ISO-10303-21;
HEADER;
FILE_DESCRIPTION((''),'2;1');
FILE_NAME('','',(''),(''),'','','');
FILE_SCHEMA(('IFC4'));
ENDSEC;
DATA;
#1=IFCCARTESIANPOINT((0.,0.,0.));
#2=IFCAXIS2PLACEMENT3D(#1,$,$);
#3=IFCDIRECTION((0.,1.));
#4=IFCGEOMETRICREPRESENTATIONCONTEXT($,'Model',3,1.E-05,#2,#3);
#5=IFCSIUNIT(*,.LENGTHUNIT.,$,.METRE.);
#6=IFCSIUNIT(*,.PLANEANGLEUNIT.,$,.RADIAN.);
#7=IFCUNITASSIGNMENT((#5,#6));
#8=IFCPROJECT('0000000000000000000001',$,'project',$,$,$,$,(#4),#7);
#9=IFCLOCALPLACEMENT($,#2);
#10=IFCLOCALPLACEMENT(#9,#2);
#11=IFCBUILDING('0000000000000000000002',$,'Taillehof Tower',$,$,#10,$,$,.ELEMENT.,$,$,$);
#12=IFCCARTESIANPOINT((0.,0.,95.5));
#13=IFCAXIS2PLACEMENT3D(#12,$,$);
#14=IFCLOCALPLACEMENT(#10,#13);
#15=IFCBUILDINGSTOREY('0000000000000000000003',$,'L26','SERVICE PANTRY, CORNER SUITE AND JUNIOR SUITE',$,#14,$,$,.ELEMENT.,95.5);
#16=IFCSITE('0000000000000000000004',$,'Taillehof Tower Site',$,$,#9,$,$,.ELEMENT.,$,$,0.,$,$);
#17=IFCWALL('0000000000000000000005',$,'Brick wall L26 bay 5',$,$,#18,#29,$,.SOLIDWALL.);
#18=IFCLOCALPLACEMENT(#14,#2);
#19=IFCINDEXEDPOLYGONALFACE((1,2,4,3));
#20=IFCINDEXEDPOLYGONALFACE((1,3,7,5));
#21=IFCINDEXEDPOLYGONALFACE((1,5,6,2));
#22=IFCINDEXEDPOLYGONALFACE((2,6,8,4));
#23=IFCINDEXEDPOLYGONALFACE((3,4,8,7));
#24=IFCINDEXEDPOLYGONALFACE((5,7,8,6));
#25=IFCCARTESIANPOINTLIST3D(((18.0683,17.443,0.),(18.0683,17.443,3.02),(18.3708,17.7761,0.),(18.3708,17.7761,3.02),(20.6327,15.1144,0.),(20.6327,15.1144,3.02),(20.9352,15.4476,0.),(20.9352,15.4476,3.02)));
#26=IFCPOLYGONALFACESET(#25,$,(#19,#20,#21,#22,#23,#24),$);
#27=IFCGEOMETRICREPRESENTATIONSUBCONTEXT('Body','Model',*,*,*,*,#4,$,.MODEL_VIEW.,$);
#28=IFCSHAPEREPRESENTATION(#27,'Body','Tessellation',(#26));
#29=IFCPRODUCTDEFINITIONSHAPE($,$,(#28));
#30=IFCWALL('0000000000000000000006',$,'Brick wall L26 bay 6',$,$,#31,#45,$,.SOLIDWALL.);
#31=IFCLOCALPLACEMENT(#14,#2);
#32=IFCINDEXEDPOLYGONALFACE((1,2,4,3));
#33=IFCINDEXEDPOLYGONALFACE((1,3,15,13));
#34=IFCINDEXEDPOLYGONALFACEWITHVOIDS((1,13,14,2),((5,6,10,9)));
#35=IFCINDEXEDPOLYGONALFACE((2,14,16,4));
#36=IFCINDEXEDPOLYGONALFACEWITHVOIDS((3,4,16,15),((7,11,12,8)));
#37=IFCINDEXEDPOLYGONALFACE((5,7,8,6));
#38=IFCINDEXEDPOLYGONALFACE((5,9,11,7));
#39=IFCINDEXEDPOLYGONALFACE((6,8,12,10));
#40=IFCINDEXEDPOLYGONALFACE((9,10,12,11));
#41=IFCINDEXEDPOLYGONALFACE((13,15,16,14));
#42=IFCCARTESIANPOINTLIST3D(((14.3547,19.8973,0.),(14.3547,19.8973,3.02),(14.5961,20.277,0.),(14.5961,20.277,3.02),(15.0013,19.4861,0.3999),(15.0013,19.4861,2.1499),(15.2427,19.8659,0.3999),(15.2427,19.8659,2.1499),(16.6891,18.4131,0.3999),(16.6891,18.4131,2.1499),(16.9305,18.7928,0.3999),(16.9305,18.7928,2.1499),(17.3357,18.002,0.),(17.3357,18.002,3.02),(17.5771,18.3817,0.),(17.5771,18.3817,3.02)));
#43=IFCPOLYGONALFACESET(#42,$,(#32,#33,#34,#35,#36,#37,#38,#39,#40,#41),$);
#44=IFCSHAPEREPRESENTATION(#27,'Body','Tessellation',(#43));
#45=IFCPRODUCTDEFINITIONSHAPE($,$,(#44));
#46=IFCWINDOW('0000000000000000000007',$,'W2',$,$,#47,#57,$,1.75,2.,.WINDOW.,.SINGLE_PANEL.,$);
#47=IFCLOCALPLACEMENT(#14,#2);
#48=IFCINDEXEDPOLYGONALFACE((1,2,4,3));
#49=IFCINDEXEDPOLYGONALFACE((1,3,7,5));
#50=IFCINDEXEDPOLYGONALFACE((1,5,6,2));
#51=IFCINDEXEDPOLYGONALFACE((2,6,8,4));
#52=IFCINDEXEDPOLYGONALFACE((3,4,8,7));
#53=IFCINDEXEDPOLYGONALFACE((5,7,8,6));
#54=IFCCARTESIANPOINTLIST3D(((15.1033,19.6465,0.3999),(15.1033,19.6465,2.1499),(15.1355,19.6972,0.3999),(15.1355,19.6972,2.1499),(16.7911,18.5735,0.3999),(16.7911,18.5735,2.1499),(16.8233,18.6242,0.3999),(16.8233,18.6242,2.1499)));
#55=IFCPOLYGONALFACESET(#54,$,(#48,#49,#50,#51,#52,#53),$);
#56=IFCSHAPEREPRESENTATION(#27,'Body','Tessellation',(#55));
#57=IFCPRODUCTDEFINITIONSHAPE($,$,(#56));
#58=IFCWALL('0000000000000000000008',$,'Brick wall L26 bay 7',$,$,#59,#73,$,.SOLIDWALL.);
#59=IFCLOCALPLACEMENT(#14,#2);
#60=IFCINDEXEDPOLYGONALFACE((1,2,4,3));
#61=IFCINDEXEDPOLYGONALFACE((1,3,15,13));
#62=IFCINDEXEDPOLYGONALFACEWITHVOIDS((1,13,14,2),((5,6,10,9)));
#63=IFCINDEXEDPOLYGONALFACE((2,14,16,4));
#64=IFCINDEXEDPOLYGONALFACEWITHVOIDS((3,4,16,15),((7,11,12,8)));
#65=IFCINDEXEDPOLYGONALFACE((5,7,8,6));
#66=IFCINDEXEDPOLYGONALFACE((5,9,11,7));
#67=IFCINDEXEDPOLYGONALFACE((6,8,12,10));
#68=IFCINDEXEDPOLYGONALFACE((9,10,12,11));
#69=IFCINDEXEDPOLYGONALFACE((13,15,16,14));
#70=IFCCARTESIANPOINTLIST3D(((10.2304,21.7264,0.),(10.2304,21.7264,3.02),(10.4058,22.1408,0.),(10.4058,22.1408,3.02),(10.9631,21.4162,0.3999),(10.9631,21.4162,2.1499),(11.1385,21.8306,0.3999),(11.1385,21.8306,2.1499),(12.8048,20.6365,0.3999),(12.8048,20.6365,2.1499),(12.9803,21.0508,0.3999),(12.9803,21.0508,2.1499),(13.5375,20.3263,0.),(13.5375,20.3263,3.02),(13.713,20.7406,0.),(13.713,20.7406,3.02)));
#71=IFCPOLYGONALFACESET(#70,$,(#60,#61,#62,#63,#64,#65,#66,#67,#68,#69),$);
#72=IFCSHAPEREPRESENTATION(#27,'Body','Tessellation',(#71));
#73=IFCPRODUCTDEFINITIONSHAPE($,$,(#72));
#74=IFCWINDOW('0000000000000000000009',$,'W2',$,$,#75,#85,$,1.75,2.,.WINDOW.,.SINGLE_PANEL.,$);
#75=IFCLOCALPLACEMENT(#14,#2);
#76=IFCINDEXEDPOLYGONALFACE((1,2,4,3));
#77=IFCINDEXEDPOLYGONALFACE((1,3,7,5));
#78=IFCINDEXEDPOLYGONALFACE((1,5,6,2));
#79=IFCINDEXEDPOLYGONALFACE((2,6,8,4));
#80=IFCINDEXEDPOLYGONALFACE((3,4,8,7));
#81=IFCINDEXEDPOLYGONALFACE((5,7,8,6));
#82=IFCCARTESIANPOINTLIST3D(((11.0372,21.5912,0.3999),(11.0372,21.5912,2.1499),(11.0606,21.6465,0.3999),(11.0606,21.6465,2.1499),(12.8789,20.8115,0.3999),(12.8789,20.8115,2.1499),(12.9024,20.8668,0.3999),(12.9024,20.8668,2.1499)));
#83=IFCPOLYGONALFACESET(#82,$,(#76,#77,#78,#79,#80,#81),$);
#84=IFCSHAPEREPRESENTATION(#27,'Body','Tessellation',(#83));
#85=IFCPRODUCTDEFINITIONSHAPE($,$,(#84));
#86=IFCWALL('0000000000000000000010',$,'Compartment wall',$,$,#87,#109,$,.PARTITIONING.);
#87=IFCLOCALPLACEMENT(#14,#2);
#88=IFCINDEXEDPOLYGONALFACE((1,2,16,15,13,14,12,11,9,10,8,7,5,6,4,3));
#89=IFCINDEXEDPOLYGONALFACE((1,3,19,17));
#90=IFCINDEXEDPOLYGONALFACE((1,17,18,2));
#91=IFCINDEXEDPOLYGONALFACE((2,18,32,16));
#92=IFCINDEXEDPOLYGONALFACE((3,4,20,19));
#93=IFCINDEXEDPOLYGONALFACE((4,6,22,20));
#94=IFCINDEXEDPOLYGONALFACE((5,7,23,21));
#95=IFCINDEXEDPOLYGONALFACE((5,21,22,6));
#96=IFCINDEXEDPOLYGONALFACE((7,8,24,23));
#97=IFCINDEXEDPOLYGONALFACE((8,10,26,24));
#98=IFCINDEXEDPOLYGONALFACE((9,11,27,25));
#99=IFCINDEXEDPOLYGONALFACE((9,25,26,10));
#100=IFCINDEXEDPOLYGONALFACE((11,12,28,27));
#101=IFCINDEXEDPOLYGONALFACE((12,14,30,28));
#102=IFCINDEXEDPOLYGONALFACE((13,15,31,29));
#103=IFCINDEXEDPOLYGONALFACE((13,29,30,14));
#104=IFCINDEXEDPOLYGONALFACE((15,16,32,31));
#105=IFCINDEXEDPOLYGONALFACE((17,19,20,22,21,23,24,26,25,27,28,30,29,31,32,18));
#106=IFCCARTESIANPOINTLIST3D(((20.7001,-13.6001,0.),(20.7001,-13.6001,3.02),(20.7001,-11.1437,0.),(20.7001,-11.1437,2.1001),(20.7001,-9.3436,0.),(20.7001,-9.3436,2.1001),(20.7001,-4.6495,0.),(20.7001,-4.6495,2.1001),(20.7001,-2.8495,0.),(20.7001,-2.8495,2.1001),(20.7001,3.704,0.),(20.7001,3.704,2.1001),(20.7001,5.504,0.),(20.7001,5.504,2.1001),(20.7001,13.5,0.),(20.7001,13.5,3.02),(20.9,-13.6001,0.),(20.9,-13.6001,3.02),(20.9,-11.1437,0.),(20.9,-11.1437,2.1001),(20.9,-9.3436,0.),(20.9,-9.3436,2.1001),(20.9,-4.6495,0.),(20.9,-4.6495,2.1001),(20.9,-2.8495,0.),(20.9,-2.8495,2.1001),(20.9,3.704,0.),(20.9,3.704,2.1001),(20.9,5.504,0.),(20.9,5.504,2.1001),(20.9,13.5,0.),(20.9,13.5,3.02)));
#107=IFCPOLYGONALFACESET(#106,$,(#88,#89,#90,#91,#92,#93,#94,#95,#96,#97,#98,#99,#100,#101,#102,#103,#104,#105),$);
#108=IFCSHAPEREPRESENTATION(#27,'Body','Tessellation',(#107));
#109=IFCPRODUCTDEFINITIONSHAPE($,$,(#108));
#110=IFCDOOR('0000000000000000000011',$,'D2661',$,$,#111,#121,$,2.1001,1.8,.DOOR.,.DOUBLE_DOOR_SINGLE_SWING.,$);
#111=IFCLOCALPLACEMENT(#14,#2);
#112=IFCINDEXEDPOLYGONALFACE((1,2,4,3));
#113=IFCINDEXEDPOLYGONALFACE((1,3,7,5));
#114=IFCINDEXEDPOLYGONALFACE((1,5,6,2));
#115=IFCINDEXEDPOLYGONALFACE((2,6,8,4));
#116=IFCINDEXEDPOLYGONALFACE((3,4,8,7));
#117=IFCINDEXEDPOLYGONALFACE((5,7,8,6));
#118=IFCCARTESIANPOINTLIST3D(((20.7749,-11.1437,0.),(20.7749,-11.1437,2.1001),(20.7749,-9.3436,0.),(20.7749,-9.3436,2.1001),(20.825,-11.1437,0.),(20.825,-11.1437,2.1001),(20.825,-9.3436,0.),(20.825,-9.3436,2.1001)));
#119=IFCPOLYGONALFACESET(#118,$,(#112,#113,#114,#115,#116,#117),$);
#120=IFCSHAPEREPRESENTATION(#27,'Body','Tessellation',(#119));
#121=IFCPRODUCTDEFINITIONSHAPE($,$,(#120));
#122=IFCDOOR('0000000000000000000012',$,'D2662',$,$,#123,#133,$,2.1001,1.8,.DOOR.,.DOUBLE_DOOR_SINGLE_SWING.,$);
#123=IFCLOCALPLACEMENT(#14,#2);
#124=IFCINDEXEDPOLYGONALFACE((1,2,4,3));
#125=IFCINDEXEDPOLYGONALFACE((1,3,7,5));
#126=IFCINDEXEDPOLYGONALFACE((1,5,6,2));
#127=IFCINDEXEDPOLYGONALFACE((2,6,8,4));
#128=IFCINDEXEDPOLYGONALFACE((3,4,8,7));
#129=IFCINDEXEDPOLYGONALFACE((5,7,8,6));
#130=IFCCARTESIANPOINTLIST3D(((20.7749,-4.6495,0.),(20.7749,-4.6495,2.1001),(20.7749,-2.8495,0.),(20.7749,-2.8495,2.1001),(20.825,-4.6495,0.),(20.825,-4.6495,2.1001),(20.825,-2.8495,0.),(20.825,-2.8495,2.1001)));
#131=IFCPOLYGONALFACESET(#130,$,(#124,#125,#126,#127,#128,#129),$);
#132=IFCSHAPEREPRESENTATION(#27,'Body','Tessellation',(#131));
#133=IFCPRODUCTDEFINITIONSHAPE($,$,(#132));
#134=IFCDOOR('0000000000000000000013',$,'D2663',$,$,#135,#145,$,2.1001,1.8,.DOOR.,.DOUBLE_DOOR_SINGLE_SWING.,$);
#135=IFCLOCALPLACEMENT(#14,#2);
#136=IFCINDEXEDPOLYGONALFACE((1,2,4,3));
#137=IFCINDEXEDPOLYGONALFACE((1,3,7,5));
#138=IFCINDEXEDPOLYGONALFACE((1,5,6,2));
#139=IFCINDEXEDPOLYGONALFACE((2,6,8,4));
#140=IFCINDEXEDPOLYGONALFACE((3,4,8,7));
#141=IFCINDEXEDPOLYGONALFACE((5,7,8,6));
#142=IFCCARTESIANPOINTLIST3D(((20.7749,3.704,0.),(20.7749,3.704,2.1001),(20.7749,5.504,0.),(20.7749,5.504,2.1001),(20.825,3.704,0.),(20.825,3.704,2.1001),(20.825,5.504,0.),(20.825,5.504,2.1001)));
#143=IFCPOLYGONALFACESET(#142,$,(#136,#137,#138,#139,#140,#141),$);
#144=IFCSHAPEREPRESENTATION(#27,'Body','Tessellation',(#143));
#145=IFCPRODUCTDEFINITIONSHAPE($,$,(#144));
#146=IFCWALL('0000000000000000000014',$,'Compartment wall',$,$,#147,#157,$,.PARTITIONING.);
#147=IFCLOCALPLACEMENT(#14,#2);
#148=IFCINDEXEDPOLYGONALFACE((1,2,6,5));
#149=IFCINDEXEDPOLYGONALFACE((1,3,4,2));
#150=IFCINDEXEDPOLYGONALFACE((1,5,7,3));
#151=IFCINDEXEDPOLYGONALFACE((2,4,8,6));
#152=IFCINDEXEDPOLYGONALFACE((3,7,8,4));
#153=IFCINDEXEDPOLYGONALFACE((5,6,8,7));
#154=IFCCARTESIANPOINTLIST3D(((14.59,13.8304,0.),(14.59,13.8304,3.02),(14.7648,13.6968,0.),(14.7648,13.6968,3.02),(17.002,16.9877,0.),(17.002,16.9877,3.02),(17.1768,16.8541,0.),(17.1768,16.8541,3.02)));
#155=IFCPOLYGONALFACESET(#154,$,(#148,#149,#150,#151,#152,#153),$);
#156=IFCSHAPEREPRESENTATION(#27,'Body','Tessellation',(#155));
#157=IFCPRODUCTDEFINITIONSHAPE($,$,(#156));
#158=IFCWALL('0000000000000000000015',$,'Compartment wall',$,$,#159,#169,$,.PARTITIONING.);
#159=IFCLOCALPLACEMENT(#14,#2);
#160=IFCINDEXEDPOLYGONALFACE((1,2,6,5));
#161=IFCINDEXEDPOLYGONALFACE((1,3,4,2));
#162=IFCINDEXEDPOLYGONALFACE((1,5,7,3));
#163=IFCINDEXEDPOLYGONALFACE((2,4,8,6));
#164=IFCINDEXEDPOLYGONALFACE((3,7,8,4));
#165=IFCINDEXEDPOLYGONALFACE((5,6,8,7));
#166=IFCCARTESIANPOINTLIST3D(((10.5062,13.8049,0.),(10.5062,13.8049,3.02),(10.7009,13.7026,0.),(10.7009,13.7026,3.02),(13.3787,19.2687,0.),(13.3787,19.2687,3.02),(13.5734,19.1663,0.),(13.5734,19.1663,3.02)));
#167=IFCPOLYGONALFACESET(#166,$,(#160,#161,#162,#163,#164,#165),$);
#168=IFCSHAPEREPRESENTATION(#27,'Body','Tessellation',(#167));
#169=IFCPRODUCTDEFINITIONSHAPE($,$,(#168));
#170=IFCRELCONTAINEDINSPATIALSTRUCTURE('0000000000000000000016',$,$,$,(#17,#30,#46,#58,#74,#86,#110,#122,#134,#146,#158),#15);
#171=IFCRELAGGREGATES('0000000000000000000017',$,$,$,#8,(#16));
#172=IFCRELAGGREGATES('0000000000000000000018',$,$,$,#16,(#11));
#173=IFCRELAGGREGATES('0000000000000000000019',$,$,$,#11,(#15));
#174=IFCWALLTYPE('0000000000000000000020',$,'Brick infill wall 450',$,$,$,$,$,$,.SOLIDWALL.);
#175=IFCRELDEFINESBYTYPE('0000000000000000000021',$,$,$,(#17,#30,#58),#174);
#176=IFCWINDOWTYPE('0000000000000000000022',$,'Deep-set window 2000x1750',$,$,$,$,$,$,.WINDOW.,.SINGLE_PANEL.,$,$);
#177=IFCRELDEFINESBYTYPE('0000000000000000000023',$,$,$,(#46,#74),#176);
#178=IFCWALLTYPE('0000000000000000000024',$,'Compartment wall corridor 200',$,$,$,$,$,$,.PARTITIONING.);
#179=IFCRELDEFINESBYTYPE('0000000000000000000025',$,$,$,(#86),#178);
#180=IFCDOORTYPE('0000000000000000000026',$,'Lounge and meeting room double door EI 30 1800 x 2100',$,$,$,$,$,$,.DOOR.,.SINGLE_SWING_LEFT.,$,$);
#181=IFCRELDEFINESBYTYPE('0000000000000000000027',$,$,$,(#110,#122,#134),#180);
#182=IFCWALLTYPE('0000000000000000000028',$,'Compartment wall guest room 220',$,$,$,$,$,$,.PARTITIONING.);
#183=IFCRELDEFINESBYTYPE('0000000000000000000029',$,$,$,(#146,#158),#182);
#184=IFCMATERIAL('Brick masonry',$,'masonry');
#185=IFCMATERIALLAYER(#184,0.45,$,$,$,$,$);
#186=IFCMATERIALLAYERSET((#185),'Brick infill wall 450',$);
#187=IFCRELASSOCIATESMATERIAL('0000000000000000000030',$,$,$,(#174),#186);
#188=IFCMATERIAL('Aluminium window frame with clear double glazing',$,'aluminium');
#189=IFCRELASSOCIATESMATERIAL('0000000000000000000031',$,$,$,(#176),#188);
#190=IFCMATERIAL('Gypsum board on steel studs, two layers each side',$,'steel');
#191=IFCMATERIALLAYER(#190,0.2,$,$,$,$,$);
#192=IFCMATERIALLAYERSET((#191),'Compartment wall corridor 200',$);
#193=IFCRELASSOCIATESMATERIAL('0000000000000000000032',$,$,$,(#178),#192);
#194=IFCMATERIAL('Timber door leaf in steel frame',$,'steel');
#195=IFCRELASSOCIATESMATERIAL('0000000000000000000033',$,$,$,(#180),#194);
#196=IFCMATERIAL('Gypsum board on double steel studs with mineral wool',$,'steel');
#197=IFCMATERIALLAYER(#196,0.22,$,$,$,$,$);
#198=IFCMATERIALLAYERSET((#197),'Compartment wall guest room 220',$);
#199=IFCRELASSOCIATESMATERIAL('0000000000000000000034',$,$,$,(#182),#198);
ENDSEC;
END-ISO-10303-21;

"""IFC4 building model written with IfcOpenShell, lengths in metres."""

from ifc_helpers import new_model, si_unit, direction, frame, frame_2d, origin, place, context, subcontext, project, spatial, rectangle, extrude, material, layer, layer_set, type_object, element, fill, save


model = new_model("IFC4")

# Units and contexts
model_context = context("Model", 3, precision=1e-05, world=origin(), true_north=direction((0.0, 1.0)))
body_context = subcontext(model_context, "Body", "Model", "MODEL_VIEW")
ifc_project = project(units=[si_unit("LENGTHUNIT", "METRE"), si_unit("PLANEANGLEUNIT", "RADIAN")], contexts=[model_context])

# Site, building, storey
site_placement = place(None, origin())
site = spatial("IfcSite", under=ifc_project, at=site_placement, Name="Taillehof Tower Site", CompositionType="ELEMENT", RefElevation=0.0)
building_placement = place(site_placement, origin())
building = spatial("IfcBuilding", under=site, at=building_placement, Name="Taillehof Tower", CompositionType="ELEMENT")
storey_placement = place(building_placement, frame((0.0, 0.0, 95.5)))
storey = spatial("IfcBuildingStorey", under=building, at=storey_placement, Name="L26", Description="SERVICE PANTRY, CORNER SUITE AND JUNIOR SUITE", CompositionType="ELEMENT", Elevation=95.5)

# Shared definitions
ifc_material_1 = material(Name="Brick masonry", Category="masonry")
ifc_layer_1 = layer(ifc_material_1, 0.45)
ifc_layer_set_1 = layer_set([ifc_layer_1], Name="Brick infill wall 450")
wall_type_1 = type_object("IfcWallType", Name="Brick infill wall 450", PredefinedType="SOLIDWALL", material=ifc_layer_set_1)

# Wall
wall_1_placement = place(storey_placement, frame((20.7839, 15.281, 0.0), z_axis=(0.0, 0.0, 1.0), x_axis=(-0.740329, 0.672245, 0.0)))
element("IfcWall", 1, at=wall_1_placement, inside=storey, type_object=wall_type_1, Name="Brick wall L26 bay 5", PredefinedType="SOLIDWALL", context=body_context, shape_type="SweptSolid", body=[
    extrude(rectangle(XDim=3.4639, YDim=0.45, at=frame_2d((1.7319, 0.0))), origin(), (0.0, 0.0, 1.0), 3.02),
])

# Walls, openings, windows
wall_2_placement = place(storey_placement, frame((17.4563, 18.1919, 0.0), z_axis=(0.0, 0.0, 1.0), x_axis=(-0.843881, 0.536531, 0.0)))
wall_2 = element("IfcWall", 2, at=wall_2_placement, inside=storey, type_object=wall_type_1, Name="Brick wall L26 bay 6", PredefinedType="SOLIDWALL", context=body_context, shape_type="SweptSolid", body=[
    extrude(rectangle(XDim=3.5325, YDim=0.45, at=frame_2d((1.7661, 0.0))), origin(), (0.0, 0.0, 1.0), 3.02),
])
opening_1_placement = place(wall_2_placement, frame((0.7661, 0.0, 0.3999)))
opening_1 = element("IfcOpeningElement", 3, at=opening_1_placement, cuts=wall_2, PredefinedType="OPENING", context=body_context, shape_type="SweptSolid", body=[
    extrude(rectangle(XDim=2.0, YDim=1.75, at=frame_2d((1.0, 0.875))), frame((0.0, 0.2349, 0.0), z_axis=(0.0, -1.0, 0.0), x_axis=(1.0, 0.0, 0.0)), (0.0, 0.0, 1.0), 0.47),
])
ifc_material_2 = material(Name="Aluminium window frame with clear double glazing", Category="aluminium")
window_type_1 = type_object("IfcWindowType", Name="Deep-set window 2000x1750", PartitioningType="SINGLE_PANEL", PredefinedType="WINDOW", material=ifc_material_2)
window_1_placement = place(opening_1_placement, origin())
window_1 = element("IfcWindow", 4, at=window_1_placement, inside=storey, type_object=window_type_1, Name="W2", OverallHeight=1.75, OverallWidth=2.0, PartitioningType="SINGLE_PANEL", PredefinedType="WINDOW", context=body_context, shape_type="SweptSolid", body=[
    extrude(rectangle(XDim=2.0, YDim=1.75, at=frame_2d((1.0, 0.875))), frame((0.0, 0.0349, 0.0), z_axis=(0.0, -1.0, 0.0), x_axis=(1.0, 0.0, 0.0)), (0.0, 0.0, 1.0), 0.0601),
])
fill(opening_1, window_1)
wall_3_placement = place(storey_placement, frame((13.6252, 20.5334, 0.0), z_axis=(0.0, 0.0, 1.0), x_axis=(-0.92087, 0.389871, 0.0)))
wall_3 = element("IfcWall", 5, at=wall_3_placement, inside=storey, type_object=wall_type_1, Name="Brick wall L26 bay 7", PredefinedType="SOLIDWALL", context=body_context, shape_type="SweptSolid", body=[
    extrude(rectangle(XDim=3.5913, YDim=0.45, at=frame_2d((1.7957, 0.0))), origin(), (0.0, 0.0, 1.0), 3.02),
])
opening_2_placement = place(wall_3_placement, frame((0.7957, 0.0, 0.3999)))
opening_2 = element("IfcOpeningElement", 6, at=opening_2_placement, cuts=wall_3, PredefinedType="OPENING", context=body_context, shape_type="SweptSolid", body=[
    extrude(rectangle(XDim=2.0, YDim=1.75, at=frame_2d((1.0, 0.875))), frame((0.0, 0.2349, 0.0), z_axis=(0.0, -1.0, 0.0), x_axis=(1.0, 0.0, 0.0)), (0.0, 0.0, 1.0), 0.47),
])
window_2_placement = place(opening_2_placement, origin())
window_2 = element("IfcWindow", 7, at=window_2_placement, inside=storey, type_object=window_type_1, Name="W2", OverallHeight=1.75, OverallWidth=2.0, PartitioningType="SINGLE_PANEL", PredefinedType="WINDOW", context=body_context, shape_type="SweptSolid", body=[
    extrude(rectangle(XDim=2.0, YDim=1.75, at=frame_2d((1.0, 0.875))), frame((0.0, 0.0349, 0.0), z_axis=(0.0, -1.0, 0.0), x_axis=(1.0, 0.0, 0.0)), (0.0, 0.0, 1.0), 0.0601),
])
fill(opening_2, window_2)

# Wall, openings, doors
ifc_material_3 = material(Name="Gypsum board on steel studs, two layers each side", Category="steel")
ifc_layer_2 = layer(ifc_material_3, 0.2)
ifc_layer_set_2 = layer_set([ifc_layer_2], Name="Compartment wall corridor 200")
wall_type_2 = type_object("IfcWallType", Name="Compartment wall corridor 200", PredefinedType="PARTITIONING", material=ifc_layer_set_2)
wall_4_placement = place(storey_placement, frame((20.8, 13.5, 0.0), z_axis=(0.0, 0.0, 1.0), x_axis=(0.0, -1.0, 0.0)))
wall_4 = element("IfcWall", 8, at=wall_4_placement, inside=storey, type_object=wall_type_2, Name="Compartment wall", PredefinedType="PARTITIONING", context=body_context, shape_type="SweptSolid", body=[
    extrude(rectangle(XDim=27.1001, YDim=0.2, at=frame_2d((13.55, 0.0))), origin(), (0.0, 0.0, 1.0), 3.02),
])
opening_3_placement = place(wall_4_placement, frame((22.8438, 0.0, 0.0)))
opening_3 = element("IfcOpeningElement", 9, at=opening_3_placement, cuts=wall_4, PredefinedType="OPENING", context=body_context, shape_type="SweptSolid", body=[
    extrude(rectangle(XDim=1.8, YDim=2.1001, at=frame_2d((0.8999, 1.05))), frame((0.0, 0.1099, 0.0), z_axis=(0.0, -1.0, 0.0), x_axis=(1.0, 0.0, 0.0)), (0.0, 0.0, 1.0), 0.22),
])
opening_4_placement = place(wall_4_placement, frame((16.3496, 0.0, 0.0)))
opening_4 = element("IfcOpeningElement", 10, at=opening_4_placement, cuts=wall_4, PredefinedType="OPENING", context=body_context, shape_type="SweptSolid", body=[
    extrude(rectangle(XDim=1.8, YDim=2.1001, at=frame_2d((0.8999, 1.05))), frame((0.0, 0.1099, 0.0), z_axis=(0.0, -1.0, 0.0), x_axis=(1.0, 0.0, 0.0)), (0.0, 0.0, 1.0), 0.22),
])
opening_5_placement = place(wall_4_placement, frame((7.9961, 0.0, 0.0)))
opening_5 = element("IfcOpeningElement", 11, at=opening_5_placement, cuts=wall_4, PredefinedType="OPENING", context=body_context, shape_type="SweptSolid", body=[
    extrude(rectangle(XDim=1.8, YDim=2.1001, at=frame_2d((0.8999, 1.05))), frame((0.0, 0.1099, 0.0), z_axis=(0.0, -1.0, 0.0), x_axis=(1.0, 0.0, 0.0)), (0.0, 0.0, 1.0), 0.22),
])
ifc_material_4 = material(Name="Timber door leaf in steel frame", Category="steel")
door_type_1 = type_object("IfcDoorType", Name="Lounge and meeting room double door EI 30 1800 x 2100", OperationType="SINGLE_SWING_LEFT", PredefinedType="DOOR", material=ifc_material_4)
door_1_placement = place(opening_3_placement, origin())
door_1 = element("IfcDoor", 12, at=door_1_placement, inside=storey, type_object=door_type_1, Name="D2661", OperationType="DOUBLE_DOOR_SINGLE_SWING", OverallHeight=2.1001, OverallWidth=1.8, PredefinedType="DOOR", context=body_context, shape_type="SweptSolid", body=[
    extrude(rectangle(XDim=1.8, YDim=2.1001, at=frame_2d((0.8999, 1.05))), frame((0.0, 0.0249, 0.0), z_axis=(0.0, -1.0, 0.0), x_axis=(1.0, 0.0, 0.0)), (0.0, 0.0, 1.0), 0.05),
])
fill(opening_3, door_1)
door_2_placement = place(opening_4_placement, origin())
door_2 = element("IfcDoor", 13, at=door_2_placement, inside=storey, type_object=door_type_1, Name="D2662", OperationType="DOUBLE_DOOR_SINGLE_SWING", OverallHeight=2.1001, OverallWidth=1.8, PredefinedType="DOOR", context=body_context, shape_type="SweptSolid", body=[
    extrude(rectangle(XDim=1.8, YDim=2.1001, at=frame_2d((0.8999, 1.05))), frame((0.0, 0.0249, 0.0), z_axis=(0.0, -1.0, 0.0), x_axis=(1.0, 0.0, 0.0)), (0.0, 0.0, 1.0), 0.05),
])
fill(opening_4, door_2)
door_3_placement = place(opening_5_placement, origin())
door_3 = element("IfcDoor", 14, at=door_3_placement, inside=storey, type_object=door_type_1, Name="D2663", OperationType="DOUBLE_DOOR_SINGLE_SWING", OverallHeight=2.1001, OverallWidth=1.8, PredefinedType="DOOR", context=body_context, shape_type="SweptSolid", body=[
    extrude(rectangle(XDim=1.8, YDim=2.1001, at=frame_2d((0.8999, 1.05))), frame((0.0, 0.0249, 0.0), z_axis=(0.0, -1.0, 0.0), x_axis=(1.0, 0.0, 0.0)), (0.0, 0.0, 1.0), 0.05),
])
fill(opening_5, door_3)

# Walls
ifc_material_5 = material(Name="Gypsum board on double steel studs with mineral wool", Category="steel")
ifc_layer_3 = layer(ifc_material_5, 0.22)
ifc_layer_set_3 = layer_set([ifc_layer_3], Name="Compartment wall guest room 220")
wall_type_3 = type_object("IfcWallType", Name="Compartment wall guest room 220", PredefinedType="PARTITIONING", material=ifc_layer_set_3)
wall_5_placement = place(storey_placement, frame((17.0894, 16.9209, 0.0), z_axis=(0.0, 0.0, 1.0), x_axis=(-0.607055, -0.794659, 0.0)))
element("IfcWall", 15, at=wall_5_placement, inside=storey, type_object=wall_type_3, Name="Compartment wall", PredefinedType="PARTITIONING", context=body_context, shape_type="SweptSolid", body=[
    extrude(rectangle(XDim=3.9731, YDim=0.22, at=frame_2d((1.9866, 0.0))), origin(), (0.0, 0.0, 1.0), 3.02),
])
wall_6_placement = place(storey_placement, frame((13.4761, 19.2175, 0.0), z_axis=(0.0, 0.0, 1.0), x_axis=(-0.465345, -0.885129, 0.0)))
element("IfcWall", 16, at=wall_6_placement, inside=storey, type_object=wall_type_3, Name="Compartment wall", PredefinedType="PARTITIONING", context=body_context, shape_type="SweptSolid", body=[
    extrude(rectangle(XDim=6.1729, YDim=0.22, at=frame_2d((3.0864, 0.0))), origin(), (0.0, 0.0, 1.0), 3.02),
])

save(model, "model.ifc")
